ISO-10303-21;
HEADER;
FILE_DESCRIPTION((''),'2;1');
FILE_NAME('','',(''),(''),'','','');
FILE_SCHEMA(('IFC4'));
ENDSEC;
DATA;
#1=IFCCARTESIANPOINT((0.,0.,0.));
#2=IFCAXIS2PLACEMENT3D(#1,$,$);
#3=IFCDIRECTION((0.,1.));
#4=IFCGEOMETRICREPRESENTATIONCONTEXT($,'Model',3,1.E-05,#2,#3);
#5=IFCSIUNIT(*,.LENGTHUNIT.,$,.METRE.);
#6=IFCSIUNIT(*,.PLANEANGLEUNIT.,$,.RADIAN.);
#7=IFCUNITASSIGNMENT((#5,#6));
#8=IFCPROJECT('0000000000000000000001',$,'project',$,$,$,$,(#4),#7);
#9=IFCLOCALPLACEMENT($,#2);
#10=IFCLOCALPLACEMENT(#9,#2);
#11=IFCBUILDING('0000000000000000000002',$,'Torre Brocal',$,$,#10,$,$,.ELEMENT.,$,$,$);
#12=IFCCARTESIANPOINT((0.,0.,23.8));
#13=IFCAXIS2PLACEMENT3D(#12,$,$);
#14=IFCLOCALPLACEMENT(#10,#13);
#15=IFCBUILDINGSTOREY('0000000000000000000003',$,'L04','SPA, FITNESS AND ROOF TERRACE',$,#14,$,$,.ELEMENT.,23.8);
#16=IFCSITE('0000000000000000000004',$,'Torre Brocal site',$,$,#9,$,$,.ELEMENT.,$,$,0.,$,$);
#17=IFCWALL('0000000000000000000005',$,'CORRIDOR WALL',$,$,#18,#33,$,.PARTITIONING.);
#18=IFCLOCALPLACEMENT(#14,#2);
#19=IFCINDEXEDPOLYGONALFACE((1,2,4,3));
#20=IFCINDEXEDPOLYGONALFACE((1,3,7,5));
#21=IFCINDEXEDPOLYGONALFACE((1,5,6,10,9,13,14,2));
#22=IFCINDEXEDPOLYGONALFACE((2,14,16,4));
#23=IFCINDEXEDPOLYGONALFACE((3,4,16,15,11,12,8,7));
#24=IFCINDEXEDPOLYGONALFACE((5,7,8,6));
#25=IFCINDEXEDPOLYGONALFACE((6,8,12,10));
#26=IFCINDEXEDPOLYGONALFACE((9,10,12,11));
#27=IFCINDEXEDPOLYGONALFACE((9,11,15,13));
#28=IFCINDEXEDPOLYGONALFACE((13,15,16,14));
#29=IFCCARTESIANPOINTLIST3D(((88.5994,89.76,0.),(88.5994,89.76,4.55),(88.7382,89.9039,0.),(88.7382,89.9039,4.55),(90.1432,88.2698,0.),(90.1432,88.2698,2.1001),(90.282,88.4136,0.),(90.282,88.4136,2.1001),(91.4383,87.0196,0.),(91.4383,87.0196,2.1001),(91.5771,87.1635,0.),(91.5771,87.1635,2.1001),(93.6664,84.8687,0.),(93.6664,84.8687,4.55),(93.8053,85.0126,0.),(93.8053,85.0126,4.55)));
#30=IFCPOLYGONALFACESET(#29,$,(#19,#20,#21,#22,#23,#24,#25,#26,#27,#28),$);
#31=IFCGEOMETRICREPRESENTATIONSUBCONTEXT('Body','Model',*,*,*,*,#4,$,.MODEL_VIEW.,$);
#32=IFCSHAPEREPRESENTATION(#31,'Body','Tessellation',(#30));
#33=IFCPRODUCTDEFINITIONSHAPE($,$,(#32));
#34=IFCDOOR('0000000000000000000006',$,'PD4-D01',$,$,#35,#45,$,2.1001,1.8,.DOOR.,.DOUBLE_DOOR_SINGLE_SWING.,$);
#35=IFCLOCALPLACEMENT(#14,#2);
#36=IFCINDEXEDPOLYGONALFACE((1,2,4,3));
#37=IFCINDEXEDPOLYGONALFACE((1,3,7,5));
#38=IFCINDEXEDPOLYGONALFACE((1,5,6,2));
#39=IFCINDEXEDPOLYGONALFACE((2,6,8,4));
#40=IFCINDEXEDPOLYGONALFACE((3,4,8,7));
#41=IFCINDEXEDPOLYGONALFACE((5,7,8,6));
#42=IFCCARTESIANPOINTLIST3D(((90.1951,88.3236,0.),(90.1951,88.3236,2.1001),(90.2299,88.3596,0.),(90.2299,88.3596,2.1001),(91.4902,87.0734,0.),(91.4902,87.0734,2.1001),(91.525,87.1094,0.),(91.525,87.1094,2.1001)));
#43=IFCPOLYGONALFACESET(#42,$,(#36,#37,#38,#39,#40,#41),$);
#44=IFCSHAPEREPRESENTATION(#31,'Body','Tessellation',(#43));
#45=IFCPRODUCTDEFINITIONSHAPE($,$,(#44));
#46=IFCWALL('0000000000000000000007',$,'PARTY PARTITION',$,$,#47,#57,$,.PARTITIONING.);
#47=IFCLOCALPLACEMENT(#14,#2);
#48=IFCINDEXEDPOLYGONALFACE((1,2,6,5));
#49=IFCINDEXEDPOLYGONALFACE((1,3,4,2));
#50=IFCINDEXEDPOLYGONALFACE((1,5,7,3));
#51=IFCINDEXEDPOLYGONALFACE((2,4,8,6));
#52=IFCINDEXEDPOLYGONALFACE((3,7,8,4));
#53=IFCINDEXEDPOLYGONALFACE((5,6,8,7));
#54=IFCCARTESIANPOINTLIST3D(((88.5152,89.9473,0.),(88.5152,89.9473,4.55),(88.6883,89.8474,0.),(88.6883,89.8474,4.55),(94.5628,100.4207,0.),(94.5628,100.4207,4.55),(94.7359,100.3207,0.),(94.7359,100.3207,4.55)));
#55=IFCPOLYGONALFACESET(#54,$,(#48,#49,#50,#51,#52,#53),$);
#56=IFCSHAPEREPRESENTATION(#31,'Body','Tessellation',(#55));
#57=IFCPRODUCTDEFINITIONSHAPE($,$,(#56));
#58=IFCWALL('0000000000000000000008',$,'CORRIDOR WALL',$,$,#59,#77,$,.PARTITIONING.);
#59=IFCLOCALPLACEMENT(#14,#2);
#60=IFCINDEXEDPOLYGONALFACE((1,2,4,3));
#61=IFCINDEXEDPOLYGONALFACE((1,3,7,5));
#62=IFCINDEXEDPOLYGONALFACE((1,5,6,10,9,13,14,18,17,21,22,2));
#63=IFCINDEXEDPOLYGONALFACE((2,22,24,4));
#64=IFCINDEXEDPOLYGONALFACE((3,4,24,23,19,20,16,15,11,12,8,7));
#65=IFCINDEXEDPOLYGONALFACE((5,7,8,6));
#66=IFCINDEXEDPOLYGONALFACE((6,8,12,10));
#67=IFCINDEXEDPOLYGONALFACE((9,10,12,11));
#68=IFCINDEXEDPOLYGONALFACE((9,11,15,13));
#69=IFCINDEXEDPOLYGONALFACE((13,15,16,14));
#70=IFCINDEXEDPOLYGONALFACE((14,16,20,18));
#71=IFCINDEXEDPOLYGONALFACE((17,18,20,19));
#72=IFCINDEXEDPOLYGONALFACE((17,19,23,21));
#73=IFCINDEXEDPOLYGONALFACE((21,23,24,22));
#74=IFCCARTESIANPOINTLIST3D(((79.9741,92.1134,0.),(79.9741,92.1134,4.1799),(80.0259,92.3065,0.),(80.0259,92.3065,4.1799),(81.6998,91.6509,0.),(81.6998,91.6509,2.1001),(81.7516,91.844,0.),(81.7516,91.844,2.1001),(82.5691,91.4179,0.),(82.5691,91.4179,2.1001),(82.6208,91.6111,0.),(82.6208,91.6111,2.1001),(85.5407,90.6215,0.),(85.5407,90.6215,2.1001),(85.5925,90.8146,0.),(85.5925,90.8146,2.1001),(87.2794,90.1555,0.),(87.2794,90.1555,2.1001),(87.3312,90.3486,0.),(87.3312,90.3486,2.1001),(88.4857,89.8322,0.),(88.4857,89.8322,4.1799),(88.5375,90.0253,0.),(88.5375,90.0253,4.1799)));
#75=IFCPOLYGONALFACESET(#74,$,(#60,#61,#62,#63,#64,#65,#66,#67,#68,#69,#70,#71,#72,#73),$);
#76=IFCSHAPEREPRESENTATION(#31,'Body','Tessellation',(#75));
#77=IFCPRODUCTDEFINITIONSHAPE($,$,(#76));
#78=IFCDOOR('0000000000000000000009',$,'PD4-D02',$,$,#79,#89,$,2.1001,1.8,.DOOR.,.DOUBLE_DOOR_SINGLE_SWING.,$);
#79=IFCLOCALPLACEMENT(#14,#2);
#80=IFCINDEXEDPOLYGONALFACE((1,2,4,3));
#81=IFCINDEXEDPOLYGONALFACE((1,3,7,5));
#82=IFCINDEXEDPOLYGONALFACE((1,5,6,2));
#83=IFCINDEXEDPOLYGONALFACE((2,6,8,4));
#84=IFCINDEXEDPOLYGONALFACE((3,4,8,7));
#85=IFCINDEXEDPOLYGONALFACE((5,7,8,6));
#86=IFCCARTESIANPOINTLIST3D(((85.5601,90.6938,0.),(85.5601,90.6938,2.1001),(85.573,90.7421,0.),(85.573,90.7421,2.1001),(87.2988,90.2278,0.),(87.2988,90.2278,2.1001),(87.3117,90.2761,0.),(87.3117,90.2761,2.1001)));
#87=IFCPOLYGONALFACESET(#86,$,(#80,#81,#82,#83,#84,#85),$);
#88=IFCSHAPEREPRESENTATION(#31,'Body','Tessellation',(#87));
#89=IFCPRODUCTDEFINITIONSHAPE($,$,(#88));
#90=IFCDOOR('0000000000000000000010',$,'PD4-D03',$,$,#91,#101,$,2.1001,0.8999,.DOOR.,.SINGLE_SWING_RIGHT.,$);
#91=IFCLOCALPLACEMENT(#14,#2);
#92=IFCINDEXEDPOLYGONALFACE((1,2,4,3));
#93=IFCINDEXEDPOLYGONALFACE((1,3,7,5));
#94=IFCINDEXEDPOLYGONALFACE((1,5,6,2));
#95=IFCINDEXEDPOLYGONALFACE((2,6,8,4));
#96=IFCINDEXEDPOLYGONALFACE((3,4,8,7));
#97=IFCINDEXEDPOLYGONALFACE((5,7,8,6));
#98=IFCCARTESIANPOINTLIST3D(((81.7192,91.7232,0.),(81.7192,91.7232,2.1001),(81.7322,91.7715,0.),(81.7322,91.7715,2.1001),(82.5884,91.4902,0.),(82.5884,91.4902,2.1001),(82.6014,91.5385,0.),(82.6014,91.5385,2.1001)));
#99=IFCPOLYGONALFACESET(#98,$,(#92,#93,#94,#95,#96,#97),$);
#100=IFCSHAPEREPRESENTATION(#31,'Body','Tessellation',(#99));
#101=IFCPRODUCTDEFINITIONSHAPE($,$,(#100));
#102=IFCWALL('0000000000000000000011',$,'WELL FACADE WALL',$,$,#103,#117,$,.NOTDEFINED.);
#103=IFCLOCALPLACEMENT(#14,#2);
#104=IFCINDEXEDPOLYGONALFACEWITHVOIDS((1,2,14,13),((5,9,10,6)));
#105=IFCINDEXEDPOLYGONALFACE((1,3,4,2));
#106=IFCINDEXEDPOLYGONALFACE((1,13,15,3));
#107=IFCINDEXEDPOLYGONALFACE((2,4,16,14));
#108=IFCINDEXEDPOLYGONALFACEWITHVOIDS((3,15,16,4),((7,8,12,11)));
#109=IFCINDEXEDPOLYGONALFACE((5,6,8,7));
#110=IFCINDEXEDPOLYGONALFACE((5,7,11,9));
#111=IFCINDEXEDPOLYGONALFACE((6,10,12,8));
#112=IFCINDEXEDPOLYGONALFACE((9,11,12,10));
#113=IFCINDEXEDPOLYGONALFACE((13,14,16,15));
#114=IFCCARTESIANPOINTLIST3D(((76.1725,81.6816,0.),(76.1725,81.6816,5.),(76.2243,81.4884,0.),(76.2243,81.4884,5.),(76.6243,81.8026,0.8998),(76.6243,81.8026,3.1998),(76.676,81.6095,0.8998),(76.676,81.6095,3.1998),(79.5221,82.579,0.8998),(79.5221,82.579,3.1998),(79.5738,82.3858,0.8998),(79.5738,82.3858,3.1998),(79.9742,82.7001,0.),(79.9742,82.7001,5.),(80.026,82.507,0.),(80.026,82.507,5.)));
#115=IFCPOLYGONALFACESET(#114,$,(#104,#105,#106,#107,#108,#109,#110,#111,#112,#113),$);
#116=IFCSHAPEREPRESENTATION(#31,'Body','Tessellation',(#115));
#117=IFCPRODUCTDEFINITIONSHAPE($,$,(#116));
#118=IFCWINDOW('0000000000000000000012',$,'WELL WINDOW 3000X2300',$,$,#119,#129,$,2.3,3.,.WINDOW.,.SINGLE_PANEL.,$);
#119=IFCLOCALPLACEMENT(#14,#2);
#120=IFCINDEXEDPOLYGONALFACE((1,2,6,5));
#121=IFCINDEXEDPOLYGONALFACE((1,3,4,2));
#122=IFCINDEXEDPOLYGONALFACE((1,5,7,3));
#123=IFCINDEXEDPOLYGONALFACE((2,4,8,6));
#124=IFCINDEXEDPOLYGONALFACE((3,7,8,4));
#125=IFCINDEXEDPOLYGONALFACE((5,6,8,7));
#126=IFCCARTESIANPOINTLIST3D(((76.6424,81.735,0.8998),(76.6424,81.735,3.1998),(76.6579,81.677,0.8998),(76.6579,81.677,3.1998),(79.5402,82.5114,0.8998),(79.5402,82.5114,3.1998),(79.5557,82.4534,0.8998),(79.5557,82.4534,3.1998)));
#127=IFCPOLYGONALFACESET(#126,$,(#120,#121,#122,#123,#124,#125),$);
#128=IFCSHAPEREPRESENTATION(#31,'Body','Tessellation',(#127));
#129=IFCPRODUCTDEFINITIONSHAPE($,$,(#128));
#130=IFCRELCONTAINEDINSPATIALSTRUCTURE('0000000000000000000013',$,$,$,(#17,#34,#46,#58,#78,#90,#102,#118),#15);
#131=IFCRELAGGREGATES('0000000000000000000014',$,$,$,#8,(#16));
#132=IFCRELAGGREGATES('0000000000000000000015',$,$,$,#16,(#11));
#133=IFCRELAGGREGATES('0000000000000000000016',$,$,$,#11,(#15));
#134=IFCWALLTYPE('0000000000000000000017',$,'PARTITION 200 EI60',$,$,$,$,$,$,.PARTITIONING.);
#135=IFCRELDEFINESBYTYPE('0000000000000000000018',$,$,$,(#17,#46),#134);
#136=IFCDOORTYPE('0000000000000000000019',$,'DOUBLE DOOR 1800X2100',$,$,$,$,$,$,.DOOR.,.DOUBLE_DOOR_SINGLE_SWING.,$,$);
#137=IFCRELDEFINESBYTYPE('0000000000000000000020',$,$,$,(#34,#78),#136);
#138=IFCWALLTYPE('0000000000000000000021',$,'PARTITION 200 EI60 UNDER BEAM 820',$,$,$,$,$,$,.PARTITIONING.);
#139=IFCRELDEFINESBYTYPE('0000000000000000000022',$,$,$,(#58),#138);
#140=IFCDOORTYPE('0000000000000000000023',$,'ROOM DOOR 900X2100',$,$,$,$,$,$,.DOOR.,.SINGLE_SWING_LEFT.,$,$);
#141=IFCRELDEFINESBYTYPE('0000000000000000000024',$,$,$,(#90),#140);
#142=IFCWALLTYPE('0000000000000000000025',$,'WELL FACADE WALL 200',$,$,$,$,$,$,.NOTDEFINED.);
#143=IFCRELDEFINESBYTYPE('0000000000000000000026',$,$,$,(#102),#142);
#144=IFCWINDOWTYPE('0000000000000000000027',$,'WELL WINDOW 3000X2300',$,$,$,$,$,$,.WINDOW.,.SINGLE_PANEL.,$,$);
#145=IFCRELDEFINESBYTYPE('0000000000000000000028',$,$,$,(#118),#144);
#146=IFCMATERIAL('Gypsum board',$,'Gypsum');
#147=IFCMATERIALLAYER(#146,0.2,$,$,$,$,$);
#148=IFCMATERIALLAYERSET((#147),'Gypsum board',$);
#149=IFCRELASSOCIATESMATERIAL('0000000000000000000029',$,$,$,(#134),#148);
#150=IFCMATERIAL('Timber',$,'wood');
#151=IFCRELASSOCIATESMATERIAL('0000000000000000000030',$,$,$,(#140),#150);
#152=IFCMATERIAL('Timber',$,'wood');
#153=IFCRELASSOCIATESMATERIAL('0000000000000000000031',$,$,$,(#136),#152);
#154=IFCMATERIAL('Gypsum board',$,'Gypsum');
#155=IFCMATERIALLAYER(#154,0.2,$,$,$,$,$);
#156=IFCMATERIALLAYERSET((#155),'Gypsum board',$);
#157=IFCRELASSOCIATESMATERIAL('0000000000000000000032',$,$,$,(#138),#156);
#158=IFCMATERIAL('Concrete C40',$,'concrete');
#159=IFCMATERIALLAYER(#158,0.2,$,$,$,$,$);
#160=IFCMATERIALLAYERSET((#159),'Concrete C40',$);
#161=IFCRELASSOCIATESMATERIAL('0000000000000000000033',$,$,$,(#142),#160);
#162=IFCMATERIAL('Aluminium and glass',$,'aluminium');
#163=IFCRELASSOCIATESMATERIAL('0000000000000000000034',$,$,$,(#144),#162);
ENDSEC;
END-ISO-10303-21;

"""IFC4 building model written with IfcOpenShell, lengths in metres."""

from ifc_helpers import new_model, si_unit, direction, frame, frame_2d, origin, place, context, subcontext, project, spatial, rectangle, extrude, material, layer, layer_set, type_object, element, fill, save


model = new_model("IFC4")

# Units and contexts
model_context = context("Model", 3, precision=1e-05, world=origin(), true_north=direction((0.0, 1.0)))
body_context = subcontext(model_context, "Body", "Model", "MODEL_VIEW")
ifc_project = project(units=[si_unit("LENGTHUNIT", "METRE"), si_unit("PLANEANGLEUNIT", "RADIAN")], contexts=[model_context])

# Site, building, storey
site_placement = place(None, origin())
site = spatial("IfcSite", under=ifc_project, at=site_placement, Name="Torre Brocal site", CompositionType="ELEMENT", RefElevation=0.0)
building_placement = place(site_placement, origin())
building = spatial("IfcBuilding", under=site, at=building_placement, Name="Torre Brocal", CompositionType="ELEMENT")
storey_placement = place(building_placement, frame((0.0, 0.0, 23.8)))
storey = spatial("IfcBuildingStorey", under=building, at=storey_placement, Name="L04", Description="SPA, FITNESS AND ROOF TERRACE", CompositionType="ELEMENT", Elevation=23.8)

# Shared definitions
ifc_material_1 = material(Name="Gypsum board", Category="Gypsum")
ifc_layer_1 = layer(ifc_material_1, 0.2)
ifc_layer_set_1 = layer_set([ifc_layer_1], Name="Gypsum board")
wall_type_1 = type_object("IfcWallType", Name="PARTITION 200 EI60", PredefinedType="PARTITIONING", material=ifc_layer_set_1)

# Shared definitions
ifc_material_2 = material(Name="Timber", Category="wood")
door_type_1 = type_object("IfcDoorType", Name="ROOM DOOR 900X2100", OperationType="SINGLE_SWING_LEFT", PredefinedType="DOOR", material=ifc_material_2)

# Wall, opening, door
wall_1_placement = place(storey_placement, frame((88.6687, 89.832, 0.0), z_axis=(0.0, 0.0, 1.0), x_axis=(0.719476, -0.694517, 0.0)))
wall_1 = element("IfcWall", 1, at=wall_1_placement, inside=storey, type_object=wall_type_1, Name="CORRIDOR WALL", PredefinedType="PARTITIONING", context=body_context, shape_type="SweptSolid", body=[
    extrude(rectangle(XDim=7.0427, YDim=0.2, at=frame_2d((3.5215, 0.0))), origin(), (0.0, 0.0, 1.0), 4.55),
])
opening_1_placement = place(wall_1_placement, frame((2.146, 0.0, 0.0)))
opening_1 = element("IfcOpeningElement", 2, at=opening_1_placement, cuts=wall_1, PredefinedType="OPENING", context=body_context, shape_type="SweptSolid", body=[
    extrude(rectangle(XDim=1.8, YDim=2.1001, at=frame_2d((0.8999, 1.05))), frame((0.0, 0.1099, 0.0), z_axis=(0.0, -1.0, 0.0), x_axis=(1.0, 0.0, 0.0)), (0.0, 0.0, 1.0), 0.22),
])
ifc_material_3 = material(Name="Timber", Category="wood")
door_type_2 = type_object("IfcDoorType", Name="DOUBLE DOOR 1800X2100", OperationType="DOUBLE_DOOR_SINGLE_SWING", PredefinedType="DOOR", material=ifc_material_3)
door_1_placement = place(opening_1_placement, origin())
door_1 = element("IfcDoor", 3, at=door_1_placement, inside=storey, type_object=door_type_2, Name="PD4-D01", OperationType="DOUBLE_DOOR_SINGLE_SWING", OverallHeight=2.1001, OverallWidth=1.8, PredefinedType="DOOR", context=body_context, shape_type="SweptSolid", body=[
    extrude(rectangle(XDim=1.8, YDim=2.1001, at=frame_2d((0.8999, 1.05))), frame((0.0, 0.0249, 0.0), z_axis=(0.0, -1.0, 0.0), x_axis=(1.0, 0.0, 0.0)), (0.0, 0.0, 1.0), 0.05),
])
fill(opening_1, door_1)

# Wall
wall_2_placement = place(storey_placement, frame((88.6018, 89.8975, 0.0), z_axis=(0.0, 0.0, 1.0), x_axis=(0.500049, 0.865997, 0.0)))
element("IfcWall", 4, at=wall_2_placement, inside=storey, type_object=wall_type_1, Name="PARTY PARTITION", PredefinedType="PARTITIONING", context=body_context, shape_type="SweptSolid", body=[
    extrude(rectangle(XDim=12.094, YDim=0.2, at=frame_2d((6.0469, 0.0))), origin(), (0.0, 0.0, 1.0), 4.55),
])

# Wall, openings, doors
ifc_material_4 = material(Name="Gypsum board", Category="Gypsum")
ifc_layer_2 = layer(ifc_material_4, 0.2)
ifc_layer_set_2 = layer_set([ifc_layer_2], Name="Gypsum board")
wall_type_2 = type_object("IfcWallType", Name="PARTITION 200 EI60 UNDER BEAM 820", PredefinedType="PARTITIONING", material=ifc_layer_set_2)
wall_3_placement = place(storey_placement, frame((80.0, 92.21, 0.0), z_axis=(0.0, 0.0, 1.0), x_axis=(0.96591, -0.258876, 0.0)))
wall_3 = element("IfcWall", 5, at=wall_3_placement, inside=storey, type_object=wall_type_2, Name="CORRIDOR WALL", PredefinedType="PARTITIONING", context=body_context, shape_type="SweptSolid", body=[
    extrude(rectangle(XDim=8.812, YDim=0.2, at=frame_2d((4.406, 0.0))), origin(), (0.0, 0.0, 1.0), 4.1799),
])
opening_2_placement = place(wall_3_placement, frame((5.7632, 0.0, 0.0)))
opening_2 = element("IfcOpeningElement", 6, at=opening_2_placement, cuts=wall_3, PredefinedType="OPENING", context=body_context, shape_type="SweptSolid", body=[
    extrude(rectangle(XDim=1.8, YDim=2.1001, at=frame_2d((0.8999, 1.05))), frame((0.0, 0.1099, 0.0), z_axis=(0.0, -1.0, 0.0), x_axis=(1.0, 0.0, 0.0)), (0.0, 0.0, 1.0), 0.22),
])
opening_3_placement = place(wall_3_placement, frame((1.7866, 0.0, 0.0)))
opening_3 = element("IfcOpeningElement", 7, at=opening_3_placement, cuts=wall_3, PredefinedType="OPENING", context=body_context, shape_type="SweptSolid", body=[
    extrude(rectangle(XDim=0.8999, YDim=2.1001, at=frame_2d((0.45, 1.05))), frame((0.0, 0.1099, 0.0), z_axis=(0.0, -1.0, 0.0), x_axis=(1.0, 0.0, 0.0)), (0.0, 0.0, 1.0), 0.22),
])
door_2_placement = place(opening_2_placement, origin())
door_2 = element("IfcDoor", 8, at=door_2_placement, inside=storey, type_object=door_type_2, Name="PD4-D02", OperationType="DOUBLE_DOOR_SINGLE_SWING", OverallHeight=2.1001, OverallWidth=1.8, PredefinedType="DOOR", context=body_context, shape_type="SweptSolid", body=[
    extrude(rectangle(XDim=1.8, YDim=2.1001, at=frame_2d((0.8999, 1.05))), frame((0.0, 0.0249, 0.0), z_axis=(0.0, -1.0, 0.0), x_axis=(1.0, 0.0, 0.0)), (0.0, 0.0, 1.0), 0.05),
])
fill(opening_2, door_2)
door_3_placement = place(opening_3_placement, origin())
door_3 = element("IfcDoor", 9, at=door_3_placement, inside=storey, type_object=door_type_1, Name="PD4-D03", OperationType="SINGLE_SWING_RIGHT", OverallHeight=2.1001, OverallWidth=0.8999, PredefinedType="DOOR", context=body_context, shape_type="SweptSolid", body=[
    extrude(rectangle(XDim=0.8999, YDim=2.1001, at=frame_2d((0.45, 1.05))), frame((0.0, 0.0249, 0.0), z_axis=(0.0, -1.0, 0.0), x_axis=(1.0, 0.0, 0.0)), (0.0, 0.0, 1.0), 0.05),
])
fill(opening_3, door_3)

# Wall, opening, window
ifc_material_5 = material(Name="Concrete C40", Category="concrete")
ifc_layer_3 = layer(ifc_material_5, 0.2)
ifc_layer_set_3 = layer_set([ifc_layer_3], Name="Concrete C40")
wall_type_3 = type_object("IfcWallType", Name="WELL FACADE WALL 200", PredefinedType="NOTDEFINED", material=ifc_layer_set_3)
wall_4_placement = place(storey_placement, frame((80.0, 82.6035, 0.0), z_axis=(0.0, 0.0, 1.0), x_axis=(-0.965934, -0.25879, 0.0)))
wall_4 = element("IfcWall", 10, at=wall_4_placement, inside=storey, type_object=wall_type_3, Name="WELL FACADE WALL", PredefinedType="NOTDEFINED", context=body_context, shape_type="SweptSolid", body=[
    extrude(rectangle(XDim=3.9358, YDim=0.2, at=frame_2d((1.9678, 0.0))), origin(), (0.0, 0.0, 1.0), 5.0),
])
opening_4_placement = place(wall_4_placement, frame((0.468, 0.0, 0.8999)))
opening_4 = element("IfcOpeningElement", 11, at=opening_4_placement, cuts=wall_4, PredefinedType="OPENING", context=body_context, shape_type="SweptSolid", body=[
    extrude(rectangle(XDim=3.0, YDim=2.3, at=frame_2d((1.5, 1.1499))), frame((0.0, 0.1099, 0.0), z_axis=(0.0, -1.0, 0.0), x_axis=(1.0, 0.0, 0.0)), (0.0, 0.0, 1.0), 0.22),
])
ifc_material_6 = material(Name="Aluminium and glass", Category="aluminium")
window_type = type_object("IfcWindowType", Name="WELL WINDOW 3000X2300", PartitioningType="SINGLE_PANEL", PredefinedType="WINDOW", material=ifc_material_6)
window_placement = place(opening_4_placement, origin())
window = element("IfcWindow", 12, at=window_placement, inside=storey, type_object=window_type, Name="WELL WINDOW 3000X2300", OverallHeight=2.3, OverallWidth=3.0, PartitioningType="SINGLE_PANEL", PredefinedType="WINDOW", context=body_context, shape_type="SweptSolid", body=[
    extrude(rectangle(XDim=3.0, YDim=2.3, at=frame_2d((1.5, 1.1499))), frame((0.0, 0.03, 0.0), z_axis=(0.0, -1.0, 0.0), x_axis=(1.0, 0.0, 0.0)), (0.0, 0.0, 1.0), 0.0601),
])
fill(opening_4, window)

save(model, "model.ifc")
